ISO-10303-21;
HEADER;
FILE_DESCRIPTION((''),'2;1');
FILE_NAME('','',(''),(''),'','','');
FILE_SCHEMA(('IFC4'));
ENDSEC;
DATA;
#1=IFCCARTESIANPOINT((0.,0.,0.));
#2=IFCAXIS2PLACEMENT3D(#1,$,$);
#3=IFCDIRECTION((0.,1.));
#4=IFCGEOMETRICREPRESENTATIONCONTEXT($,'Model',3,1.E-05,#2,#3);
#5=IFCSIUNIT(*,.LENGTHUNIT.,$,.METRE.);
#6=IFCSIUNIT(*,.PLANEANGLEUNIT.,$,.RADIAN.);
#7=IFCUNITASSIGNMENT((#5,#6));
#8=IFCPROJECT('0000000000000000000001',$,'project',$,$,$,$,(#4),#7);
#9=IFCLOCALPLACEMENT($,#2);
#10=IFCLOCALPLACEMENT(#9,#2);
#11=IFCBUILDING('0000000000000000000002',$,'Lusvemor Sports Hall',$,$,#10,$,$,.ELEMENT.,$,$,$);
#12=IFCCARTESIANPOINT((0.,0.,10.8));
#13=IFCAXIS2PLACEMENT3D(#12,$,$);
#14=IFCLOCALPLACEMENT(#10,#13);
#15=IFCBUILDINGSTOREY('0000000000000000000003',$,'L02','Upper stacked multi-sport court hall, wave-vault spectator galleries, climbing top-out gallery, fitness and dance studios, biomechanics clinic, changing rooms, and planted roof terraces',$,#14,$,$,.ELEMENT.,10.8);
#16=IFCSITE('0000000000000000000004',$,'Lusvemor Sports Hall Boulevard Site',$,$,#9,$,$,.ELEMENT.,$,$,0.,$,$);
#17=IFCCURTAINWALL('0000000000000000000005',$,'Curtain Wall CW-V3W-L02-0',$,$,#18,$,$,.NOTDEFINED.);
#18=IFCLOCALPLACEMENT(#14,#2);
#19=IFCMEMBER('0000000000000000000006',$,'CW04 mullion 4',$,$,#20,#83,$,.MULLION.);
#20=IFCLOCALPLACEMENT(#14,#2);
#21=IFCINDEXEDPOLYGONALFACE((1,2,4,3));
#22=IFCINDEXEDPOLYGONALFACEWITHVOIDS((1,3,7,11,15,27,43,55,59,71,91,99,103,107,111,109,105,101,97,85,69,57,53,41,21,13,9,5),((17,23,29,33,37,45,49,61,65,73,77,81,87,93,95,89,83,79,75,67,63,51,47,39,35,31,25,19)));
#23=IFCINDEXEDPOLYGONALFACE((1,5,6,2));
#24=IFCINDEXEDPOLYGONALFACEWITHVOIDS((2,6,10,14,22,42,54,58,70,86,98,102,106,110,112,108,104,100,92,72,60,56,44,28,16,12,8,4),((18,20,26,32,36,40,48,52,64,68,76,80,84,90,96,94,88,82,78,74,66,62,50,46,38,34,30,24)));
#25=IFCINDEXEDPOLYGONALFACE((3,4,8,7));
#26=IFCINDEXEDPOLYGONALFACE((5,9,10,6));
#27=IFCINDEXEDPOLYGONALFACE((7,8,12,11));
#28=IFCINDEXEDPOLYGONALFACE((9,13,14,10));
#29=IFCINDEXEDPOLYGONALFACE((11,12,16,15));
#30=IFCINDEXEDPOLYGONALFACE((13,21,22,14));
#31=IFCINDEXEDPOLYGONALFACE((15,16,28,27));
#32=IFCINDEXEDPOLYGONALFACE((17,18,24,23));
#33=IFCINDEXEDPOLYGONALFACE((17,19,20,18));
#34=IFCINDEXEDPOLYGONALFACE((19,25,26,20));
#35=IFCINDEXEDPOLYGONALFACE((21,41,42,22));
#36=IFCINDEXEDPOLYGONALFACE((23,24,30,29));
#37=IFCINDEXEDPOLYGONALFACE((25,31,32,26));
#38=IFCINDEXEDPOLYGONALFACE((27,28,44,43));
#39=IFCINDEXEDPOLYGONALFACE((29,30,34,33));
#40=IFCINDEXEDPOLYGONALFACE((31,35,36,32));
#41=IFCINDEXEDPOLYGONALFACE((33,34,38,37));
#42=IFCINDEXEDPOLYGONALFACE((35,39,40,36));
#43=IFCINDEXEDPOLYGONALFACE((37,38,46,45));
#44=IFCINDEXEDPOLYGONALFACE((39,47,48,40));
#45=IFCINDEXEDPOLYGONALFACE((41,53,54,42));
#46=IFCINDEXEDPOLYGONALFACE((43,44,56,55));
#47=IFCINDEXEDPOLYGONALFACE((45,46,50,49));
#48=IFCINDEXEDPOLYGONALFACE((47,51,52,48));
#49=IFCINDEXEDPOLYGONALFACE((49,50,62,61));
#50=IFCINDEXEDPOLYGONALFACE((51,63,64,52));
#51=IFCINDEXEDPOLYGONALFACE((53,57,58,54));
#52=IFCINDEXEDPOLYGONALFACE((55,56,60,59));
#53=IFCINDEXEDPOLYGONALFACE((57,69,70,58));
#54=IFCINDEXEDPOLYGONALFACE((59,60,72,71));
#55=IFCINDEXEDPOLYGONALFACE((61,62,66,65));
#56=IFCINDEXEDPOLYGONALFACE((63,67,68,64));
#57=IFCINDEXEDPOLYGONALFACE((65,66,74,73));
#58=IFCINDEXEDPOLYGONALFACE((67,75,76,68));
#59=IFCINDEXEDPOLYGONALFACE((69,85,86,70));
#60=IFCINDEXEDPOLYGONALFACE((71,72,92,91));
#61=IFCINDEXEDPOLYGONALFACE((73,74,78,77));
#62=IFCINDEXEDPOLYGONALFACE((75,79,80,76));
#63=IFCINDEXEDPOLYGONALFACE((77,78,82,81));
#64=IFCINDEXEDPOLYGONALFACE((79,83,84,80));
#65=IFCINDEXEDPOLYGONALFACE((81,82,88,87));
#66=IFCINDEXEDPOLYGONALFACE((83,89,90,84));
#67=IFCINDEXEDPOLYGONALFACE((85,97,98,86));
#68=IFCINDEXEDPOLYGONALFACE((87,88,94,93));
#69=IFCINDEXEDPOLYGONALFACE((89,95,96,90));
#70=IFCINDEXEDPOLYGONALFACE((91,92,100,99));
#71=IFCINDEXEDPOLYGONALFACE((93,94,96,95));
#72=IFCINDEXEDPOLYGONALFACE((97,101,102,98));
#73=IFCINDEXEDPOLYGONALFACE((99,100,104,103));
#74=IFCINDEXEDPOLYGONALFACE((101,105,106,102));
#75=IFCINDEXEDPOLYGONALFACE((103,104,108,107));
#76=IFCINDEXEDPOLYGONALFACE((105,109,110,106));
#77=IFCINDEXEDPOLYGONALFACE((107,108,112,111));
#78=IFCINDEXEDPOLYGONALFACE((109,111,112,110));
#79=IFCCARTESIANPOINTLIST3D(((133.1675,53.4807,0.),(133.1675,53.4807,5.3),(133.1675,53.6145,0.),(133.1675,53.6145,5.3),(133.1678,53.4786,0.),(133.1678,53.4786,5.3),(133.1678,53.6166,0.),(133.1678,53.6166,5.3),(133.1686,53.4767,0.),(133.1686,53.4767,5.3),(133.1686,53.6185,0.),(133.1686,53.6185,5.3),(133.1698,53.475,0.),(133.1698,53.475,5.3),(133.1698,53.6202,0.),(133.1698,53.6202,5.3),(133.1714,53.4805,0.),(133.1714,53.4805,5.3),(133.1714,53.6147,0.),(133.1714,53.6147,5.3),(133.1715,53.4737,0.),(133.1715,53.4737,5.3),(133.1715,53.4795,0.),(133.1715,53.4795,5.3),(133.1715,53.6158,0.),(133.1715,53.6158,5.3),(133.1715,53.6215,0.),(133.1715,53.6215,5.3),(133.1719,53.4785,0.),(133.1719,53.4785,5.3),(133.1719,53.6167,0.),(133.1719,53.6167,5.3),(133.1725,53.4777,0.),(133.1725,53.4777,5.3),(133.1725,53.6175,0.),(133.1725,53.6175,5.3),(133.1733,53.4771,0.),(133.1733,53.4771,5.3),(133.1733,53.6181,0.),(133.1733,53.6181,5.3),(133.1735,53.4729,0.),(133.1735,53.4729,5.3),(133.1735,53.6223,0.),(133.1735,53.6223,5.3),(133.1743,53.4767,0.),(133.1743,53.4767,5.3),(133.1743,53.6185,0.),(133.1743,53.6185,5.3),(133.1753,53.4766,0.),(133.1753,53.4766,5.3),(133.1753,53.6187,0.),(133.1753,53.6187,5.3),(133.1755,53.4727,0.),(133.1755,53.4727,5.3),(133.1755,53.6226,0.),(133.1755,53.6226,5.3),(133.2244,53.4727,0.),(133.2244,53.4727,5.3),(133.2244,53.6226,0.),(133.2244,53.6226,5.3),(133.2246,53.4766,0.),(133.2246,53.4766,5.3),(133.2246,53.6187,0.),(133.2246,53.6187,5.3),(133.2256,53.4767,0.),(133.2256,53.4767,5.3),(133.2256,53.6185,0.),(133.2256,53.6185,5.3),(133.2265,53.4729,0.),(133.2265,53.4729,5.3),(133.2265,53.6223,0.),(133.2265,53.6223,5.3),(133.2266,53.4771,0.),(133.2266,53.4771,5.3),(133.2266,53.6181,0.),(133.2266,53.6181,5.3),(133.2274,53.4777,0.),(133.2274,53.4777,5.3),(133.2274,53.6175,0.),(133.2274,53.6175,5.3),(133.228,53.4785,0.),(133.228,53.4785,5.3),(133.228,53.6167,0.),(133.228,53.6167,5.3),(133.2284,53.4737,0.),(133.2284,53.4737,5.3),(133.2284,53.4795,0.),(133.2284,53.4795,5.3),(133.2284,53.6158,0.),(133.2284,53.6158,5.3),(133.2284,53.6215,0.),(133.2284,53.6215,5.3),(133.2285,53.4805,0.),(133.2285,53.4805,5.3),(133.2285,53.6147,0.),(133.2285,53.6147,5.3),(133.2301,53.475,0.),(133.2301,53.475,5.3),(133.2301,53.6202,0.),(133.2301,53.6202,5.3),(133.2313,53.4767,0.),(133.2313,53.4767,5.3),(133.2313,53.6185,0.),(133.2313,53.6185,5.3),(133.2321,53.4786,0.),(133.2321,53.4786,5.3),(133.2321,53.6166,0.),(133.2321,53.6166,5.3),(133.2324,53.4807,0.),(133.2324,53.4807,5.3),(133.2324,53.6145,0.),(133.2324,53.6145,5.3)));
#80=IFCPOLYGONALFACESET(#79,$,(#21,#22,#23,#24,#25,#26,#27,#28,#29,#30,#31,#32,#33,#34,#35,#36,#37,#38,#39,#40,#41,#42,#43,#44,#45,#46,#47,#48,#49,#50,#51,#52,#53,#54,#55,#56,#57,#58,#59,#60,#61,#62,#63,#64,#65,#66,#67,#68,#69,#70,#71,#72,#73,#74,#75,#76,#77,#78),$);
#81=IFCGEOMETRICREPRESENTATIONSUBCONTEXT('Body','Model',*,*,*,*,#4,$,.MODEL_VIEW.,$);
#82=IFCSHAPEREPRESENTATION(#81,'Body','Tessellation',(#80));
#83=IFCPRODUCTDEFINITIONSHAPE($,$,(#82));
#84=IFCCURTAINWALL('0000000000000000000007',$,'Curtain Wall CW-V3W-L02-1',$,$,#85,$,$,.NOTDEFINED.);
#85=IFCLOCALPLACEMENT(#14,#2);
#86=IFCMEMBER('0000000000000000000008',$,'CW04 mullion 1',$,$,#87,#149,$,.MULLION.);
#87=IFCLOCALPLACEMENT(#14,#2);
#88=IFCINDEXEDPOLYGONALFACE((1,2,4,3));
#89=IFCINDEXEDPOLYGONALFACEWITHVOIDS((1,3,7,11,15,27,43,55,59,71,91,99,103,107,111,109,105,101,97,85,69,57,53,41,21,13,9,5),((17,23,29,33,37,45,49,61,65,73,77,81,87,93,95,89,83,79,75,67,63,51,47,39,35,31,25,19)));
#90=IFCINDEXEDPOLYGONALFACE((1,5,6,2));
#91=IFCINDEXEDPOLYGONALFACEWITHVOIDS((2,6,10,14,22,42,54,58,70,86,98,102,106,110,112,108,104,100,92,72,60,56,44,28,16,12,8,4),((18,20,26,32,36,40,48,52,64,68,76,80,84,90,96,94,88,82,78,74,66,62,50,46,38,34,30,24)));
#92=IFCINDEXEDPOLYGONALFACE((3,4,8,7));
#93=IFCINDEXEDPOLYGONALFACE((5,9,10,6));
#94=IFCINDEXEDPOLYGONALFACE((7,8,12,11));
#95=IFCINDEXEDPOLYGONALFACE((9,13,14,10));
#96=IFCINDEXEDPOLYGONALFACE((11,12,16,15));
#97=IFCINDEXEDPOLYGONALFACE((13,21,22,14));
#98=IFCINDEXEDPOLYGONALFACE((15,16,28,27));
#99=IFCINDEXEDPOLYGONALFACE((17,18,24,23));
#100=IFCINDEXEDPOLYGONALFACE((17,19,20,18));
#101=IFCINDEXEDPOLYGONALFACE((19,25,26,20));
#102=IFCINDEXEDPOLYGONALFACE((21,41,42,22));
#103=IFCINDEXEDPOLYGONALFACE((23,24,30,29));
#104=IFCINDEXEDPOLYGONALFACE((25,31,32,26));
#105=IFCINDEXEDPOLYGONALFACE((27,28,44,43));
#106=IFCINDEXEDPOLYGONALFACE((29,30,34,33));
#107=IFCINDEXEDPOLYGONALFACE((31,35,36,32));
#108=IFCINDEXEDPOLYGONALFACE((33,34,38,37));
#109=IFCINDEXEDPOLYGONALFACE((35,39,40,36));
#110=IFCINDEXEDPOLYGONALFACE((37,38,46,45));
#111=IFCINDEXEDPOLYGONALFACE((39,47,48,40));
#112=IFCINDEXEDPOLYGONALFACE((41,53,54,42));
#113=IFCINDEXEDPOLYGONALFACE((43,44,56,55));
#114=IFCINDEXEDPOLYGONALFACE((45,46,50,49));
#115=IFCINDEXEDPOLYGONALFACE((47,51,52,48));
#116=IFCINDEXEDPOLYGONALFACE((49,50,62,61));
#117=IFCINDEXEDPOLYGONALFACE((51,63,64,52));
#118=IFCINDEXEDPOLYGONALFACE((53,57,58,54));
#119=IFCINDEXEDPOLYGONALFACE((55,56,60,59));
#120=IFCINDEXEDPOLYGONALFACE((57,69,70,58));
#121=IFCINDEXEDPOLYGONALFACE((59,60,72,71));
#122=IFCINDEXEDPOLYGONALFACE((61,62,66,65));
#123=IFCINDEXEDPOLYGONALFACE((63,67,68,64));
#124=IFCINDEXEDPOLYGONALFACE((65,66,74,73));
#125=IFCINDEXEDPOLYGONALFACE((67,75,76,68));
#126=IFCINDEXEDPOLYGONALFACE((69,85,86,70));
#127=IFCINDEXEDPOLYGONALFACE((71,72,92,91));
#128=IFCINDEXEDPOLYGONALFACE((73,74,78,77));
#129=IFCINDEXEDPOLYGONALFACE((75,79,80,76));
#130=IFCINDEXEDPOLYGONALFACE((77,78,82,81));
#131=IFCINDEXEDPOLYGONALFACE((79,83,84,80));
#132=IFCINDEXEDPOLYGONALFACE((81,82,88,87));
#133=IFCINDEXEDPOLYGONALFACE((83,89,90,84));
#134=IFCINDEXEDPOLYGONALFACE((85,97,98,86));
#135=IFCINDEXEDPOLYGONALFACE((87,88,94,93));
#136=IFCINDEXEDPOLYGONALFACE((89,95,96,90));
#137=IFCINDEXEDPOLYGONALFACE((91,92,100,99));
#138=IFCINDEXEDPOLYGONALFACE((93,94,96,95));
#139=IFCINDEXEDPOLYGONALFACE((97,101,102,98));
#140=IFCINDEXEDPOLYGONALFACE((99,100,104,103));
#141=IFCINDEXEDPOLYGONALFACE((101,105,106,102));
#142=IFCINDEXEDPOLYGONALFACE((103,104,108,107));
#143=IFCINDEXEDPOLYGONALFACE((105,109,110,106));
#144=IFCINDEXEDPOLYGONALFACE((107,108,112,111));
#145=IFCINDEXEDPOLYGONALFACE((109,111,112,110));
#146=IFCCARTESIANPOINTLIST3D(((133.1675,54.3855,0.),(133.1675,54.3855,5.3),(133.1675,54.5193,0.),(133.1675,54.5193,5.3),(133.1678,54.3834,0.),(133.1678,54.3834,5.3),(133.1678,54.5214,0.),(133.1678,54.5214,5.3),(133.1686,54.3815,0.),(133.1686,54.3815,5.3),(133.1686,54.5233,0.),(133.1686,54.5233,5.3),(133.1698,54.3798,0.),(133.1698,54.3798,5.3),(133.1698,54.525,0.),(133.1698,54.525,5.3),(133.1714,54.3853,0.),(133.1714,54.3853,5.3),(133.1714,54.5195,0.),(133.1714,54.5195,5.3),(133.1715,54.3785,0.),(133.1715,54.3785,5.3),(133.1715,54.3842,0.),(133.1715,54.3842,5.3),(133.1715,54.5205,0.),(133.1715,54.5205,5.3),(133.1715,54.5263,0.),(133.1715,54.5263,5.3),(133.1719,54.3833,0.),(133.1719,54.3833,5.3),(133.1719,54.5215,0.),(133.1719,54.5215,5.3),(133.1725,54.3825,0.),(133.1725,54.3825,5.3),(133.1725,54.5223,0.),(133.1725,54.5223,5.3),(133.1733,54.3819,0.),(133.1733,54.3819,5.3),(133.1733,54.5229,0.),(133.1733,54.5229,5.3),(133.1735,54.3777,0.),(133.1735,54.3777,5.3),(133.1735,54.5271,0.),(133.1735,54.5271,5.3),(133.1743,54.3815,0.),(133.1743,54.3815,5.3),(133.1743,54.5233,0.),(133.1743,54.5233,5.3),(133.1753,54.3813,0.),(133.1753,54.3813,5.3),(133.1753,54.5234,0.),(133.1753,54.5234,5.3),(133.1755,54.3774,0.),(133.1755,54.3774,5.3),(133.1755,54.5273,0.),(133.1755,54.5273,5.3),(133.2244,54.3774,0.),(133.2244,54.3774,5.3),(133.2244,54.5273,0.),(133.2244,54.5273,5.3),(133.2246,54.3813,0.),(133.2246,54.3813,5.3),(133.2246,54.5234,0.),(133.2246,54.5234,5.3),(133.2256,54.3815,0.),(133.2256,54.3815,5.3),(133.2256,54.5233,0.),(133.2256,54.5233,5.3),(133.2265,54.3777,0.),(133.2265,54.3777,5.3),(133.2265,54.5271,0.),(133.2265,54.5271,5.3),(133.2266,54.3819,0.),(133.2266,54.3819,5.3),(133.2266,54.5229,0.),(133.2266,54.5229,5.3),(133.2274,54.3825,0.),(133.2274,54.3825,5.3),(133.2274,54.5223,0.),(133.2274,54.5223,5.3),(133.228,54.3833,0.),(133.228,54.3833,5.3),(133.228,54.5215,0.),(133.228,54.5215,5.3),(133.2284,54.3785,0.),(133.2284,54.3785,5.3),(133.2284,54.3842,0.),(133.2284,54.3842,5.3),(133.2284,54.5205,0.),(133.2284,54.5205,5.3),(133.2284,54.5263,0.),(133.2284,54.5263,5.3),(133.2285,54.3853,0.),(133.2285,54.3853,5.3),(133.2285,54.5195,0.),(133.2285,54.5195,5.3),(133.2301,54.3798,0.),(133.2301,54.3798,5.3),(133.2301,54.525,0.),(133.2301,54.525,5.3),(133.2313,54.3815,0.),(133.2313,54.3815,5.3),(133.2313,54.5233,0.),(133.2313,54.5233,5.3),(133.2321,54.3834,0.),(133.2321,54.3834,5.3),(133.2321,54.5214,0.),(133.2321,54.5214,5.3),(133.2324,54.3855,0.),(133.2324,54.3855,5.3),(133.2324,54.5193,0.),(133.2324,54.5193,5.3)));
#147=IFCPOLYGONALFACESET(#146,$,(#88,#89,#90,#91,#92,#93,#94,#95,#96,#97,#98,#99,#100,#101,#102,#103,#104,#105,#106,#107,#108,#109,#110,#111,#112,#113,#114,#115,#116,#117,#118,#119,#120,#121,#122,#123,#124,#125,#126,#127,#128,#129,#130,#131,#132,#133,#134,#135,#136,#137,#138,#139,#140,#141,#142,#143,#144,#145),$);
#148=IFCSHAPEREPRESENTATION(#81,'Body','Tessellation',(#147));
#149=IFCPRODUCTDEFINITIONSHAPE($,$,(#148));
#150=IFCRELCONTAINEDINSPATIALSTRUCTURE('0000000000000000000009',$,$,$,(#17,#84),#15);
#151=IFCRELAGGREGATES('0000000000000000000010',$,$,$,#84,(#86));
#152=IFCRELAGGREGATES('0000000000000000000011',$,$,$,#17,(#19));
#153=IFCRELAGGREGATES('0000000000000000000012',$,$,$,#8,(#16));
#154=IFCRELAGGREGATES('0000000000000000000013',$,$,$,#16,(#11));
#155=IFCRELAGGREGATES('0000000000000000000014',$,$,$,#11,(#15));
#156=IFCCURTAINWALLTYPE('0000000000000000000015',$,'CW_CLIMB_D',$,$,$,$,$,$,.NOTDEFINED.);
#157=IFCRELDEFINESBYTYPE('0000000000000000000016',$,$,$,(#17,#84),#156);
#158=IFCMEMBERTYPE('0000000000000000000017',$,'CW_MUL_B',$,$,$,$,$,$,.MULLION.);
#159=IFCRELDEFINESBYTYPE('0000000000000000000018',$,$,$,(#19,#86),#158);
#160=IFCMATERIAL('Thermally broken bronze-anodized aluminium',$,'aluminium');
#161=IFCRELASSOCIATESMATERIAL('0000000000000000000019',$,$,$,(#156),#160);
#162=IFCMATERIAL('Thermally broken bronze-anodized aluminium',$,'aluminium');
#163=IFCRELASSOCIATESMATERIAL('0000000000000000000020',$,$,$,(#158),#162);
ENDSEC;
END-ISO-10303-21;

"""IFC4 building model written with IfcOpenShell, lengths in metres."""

from ifc_helpers import new_model, si_unit, direction, frame, origin, origin_2d, place, context, subcontext, project, spatial, hollow_rectangle, extrude, material, material_profile, profile_set, type_object, element, aggregate, save


model = new_model("IFC4")

# Units and contexts
model_context = context("Model", 3, precision=1e-05, world=origin(), true_north=direction((0.0, 1.0)))
body_context = subcontext(model_context, "Body", "Model", "MODEL_VIEW")
ifc_project = project(units=[si_unit("LENGTHUNIT", "METRE"), si_unit("PLANEANGLEUNIT", "RADIAN")], contexts=[model_context])

# Site, building, storey
site_placement = place(None, origin())
site = spatial("IfcSite", under=ifc_project, at=site_placement, Name="Lusvemor Sports Hall Boulevard Site", CompositionType="ELEMENT", RefElevation=0.0)
building_placement = place(site_placement, origin())
building = spatial("IfcBuilding", under=site, at=building_placement, Name="Lusvemor Sports Hall", CompositionType="ELEMENT")
storey_placement = place(building_placement, frame((0.0, 0.0, 10.8)))
storey = spatial("IfcBuildingStorey", under=building, at=storey_placement, Name="L02", Description="Upper stacked multi-sport court hall, wave-vault spectator galleries, climbing top-out gallery, fitness and dance studios, biomechanics clinic, changing rooms, and planted roof terraces", CompositionType="ELEMENT", Elevation=10.8)

# Curtain wall, member
ifc_material_1 = material(Name="Thermally broken bronze-anodized aluminium", Category="aluminium")
curtain_wall_type = type_object("IfcCurtainWallType", Name="CW_CLIMB_D", PredefinedType="NOTDEFINED", material=ifc_material_1)
curtain_wall_1_placement = place(storey_placement, origin())
curtain_wall_1 = element("IfcCurtainWall", 1, at=curtain_wall_1_placement, inside=storey, type_object=curtain_wall_type, Name="Curtain Wall CW-V3W-L02-0", PredefinedType="NOTDEFINED")
ifc_material_2 = material(Name="Thermally broken bronze-anodized aluminium", Category="aluminium")
ifc_material_profile_1 = material_profile(ifc_material_2, hollow_rectangle(XDim=0.0649, YDim=0.1499, WallThickness=0.0039, InnerFilletRadius=0.0039, OuterFilletRadius=0.0081, at=origin_2d()), Name="CWMUL150x65x4")
ifc_profile_set_1 = profile_set([ifc_material_profile_1], Name="Thermally broken bronze-anodized aluminium")
member_type_1 = type_object("IfcMemberType", Name="CW_MUL_B", PredefinedType="MULLION", material=ifc_profile_set_1)
member_1_placement = place(storey_placement, frame((133.2, 53.5476, 0.0), z_axis=(0.0, 0.0, 1.0), x_axis=(-1.0, 0.0, 0.0)))
member_1 = element("IfcMember", 2, at=member_1_placement, type_object=member_type_1, Name="CW04 mullion 4", PredefinedType="MULLION", context=body_context, shape_type="SweptSolid", body=[
    extrude(hollow_rectangle(XDim=0.0649, YDim=0.1499, WallThickness=0.0039, InnerFilletRadius=0.0039, OuterFilletRadius=0.0081, at=origin_2d()), origin(), (0.0, 0.0, 1.0), 5.3),
])

# Curtain wall, member
curtain_wall_2_placement = place(storey_placement, origin())
curtain_wall_2 = element("IfcCurtainWall", 3, at=curtain_wall_2_placement, inside=storey, type_object=curtain_wall_type, Name="Curtain Wall CW-V3W-L02-1", PredefinedType="NOTDEFINED")
member_2_placement = place(storey_placement, frame((133.2, 54.4524, 0.0), z_axis=(0.0, 0.0, 1.0), x_axis=(-1.0, 0.0, 0.0)))
member_2 = element("IfcMember", 4, at=member_2_placement, type_object=member_type_1, Name="CW04 mullion 1", PredefinedType="MULLION", context=body_context, shape_type="SweptSolid", body=[
    extrude(hollow_rectangle(XDim=0.0649, YDim=0.1499, WallThickness=0.0039, InnerFilletRadius=0.0039, OuterFilletRadius=0.0081, at=origin_2d()), origin(), (0.0, 0.0, 1.0), 5.3),
])
aggregate(curtain_wall_2, [member_2])

aggregate(curtain_wall_1, [member_1])

save(model, "model.ifc")
